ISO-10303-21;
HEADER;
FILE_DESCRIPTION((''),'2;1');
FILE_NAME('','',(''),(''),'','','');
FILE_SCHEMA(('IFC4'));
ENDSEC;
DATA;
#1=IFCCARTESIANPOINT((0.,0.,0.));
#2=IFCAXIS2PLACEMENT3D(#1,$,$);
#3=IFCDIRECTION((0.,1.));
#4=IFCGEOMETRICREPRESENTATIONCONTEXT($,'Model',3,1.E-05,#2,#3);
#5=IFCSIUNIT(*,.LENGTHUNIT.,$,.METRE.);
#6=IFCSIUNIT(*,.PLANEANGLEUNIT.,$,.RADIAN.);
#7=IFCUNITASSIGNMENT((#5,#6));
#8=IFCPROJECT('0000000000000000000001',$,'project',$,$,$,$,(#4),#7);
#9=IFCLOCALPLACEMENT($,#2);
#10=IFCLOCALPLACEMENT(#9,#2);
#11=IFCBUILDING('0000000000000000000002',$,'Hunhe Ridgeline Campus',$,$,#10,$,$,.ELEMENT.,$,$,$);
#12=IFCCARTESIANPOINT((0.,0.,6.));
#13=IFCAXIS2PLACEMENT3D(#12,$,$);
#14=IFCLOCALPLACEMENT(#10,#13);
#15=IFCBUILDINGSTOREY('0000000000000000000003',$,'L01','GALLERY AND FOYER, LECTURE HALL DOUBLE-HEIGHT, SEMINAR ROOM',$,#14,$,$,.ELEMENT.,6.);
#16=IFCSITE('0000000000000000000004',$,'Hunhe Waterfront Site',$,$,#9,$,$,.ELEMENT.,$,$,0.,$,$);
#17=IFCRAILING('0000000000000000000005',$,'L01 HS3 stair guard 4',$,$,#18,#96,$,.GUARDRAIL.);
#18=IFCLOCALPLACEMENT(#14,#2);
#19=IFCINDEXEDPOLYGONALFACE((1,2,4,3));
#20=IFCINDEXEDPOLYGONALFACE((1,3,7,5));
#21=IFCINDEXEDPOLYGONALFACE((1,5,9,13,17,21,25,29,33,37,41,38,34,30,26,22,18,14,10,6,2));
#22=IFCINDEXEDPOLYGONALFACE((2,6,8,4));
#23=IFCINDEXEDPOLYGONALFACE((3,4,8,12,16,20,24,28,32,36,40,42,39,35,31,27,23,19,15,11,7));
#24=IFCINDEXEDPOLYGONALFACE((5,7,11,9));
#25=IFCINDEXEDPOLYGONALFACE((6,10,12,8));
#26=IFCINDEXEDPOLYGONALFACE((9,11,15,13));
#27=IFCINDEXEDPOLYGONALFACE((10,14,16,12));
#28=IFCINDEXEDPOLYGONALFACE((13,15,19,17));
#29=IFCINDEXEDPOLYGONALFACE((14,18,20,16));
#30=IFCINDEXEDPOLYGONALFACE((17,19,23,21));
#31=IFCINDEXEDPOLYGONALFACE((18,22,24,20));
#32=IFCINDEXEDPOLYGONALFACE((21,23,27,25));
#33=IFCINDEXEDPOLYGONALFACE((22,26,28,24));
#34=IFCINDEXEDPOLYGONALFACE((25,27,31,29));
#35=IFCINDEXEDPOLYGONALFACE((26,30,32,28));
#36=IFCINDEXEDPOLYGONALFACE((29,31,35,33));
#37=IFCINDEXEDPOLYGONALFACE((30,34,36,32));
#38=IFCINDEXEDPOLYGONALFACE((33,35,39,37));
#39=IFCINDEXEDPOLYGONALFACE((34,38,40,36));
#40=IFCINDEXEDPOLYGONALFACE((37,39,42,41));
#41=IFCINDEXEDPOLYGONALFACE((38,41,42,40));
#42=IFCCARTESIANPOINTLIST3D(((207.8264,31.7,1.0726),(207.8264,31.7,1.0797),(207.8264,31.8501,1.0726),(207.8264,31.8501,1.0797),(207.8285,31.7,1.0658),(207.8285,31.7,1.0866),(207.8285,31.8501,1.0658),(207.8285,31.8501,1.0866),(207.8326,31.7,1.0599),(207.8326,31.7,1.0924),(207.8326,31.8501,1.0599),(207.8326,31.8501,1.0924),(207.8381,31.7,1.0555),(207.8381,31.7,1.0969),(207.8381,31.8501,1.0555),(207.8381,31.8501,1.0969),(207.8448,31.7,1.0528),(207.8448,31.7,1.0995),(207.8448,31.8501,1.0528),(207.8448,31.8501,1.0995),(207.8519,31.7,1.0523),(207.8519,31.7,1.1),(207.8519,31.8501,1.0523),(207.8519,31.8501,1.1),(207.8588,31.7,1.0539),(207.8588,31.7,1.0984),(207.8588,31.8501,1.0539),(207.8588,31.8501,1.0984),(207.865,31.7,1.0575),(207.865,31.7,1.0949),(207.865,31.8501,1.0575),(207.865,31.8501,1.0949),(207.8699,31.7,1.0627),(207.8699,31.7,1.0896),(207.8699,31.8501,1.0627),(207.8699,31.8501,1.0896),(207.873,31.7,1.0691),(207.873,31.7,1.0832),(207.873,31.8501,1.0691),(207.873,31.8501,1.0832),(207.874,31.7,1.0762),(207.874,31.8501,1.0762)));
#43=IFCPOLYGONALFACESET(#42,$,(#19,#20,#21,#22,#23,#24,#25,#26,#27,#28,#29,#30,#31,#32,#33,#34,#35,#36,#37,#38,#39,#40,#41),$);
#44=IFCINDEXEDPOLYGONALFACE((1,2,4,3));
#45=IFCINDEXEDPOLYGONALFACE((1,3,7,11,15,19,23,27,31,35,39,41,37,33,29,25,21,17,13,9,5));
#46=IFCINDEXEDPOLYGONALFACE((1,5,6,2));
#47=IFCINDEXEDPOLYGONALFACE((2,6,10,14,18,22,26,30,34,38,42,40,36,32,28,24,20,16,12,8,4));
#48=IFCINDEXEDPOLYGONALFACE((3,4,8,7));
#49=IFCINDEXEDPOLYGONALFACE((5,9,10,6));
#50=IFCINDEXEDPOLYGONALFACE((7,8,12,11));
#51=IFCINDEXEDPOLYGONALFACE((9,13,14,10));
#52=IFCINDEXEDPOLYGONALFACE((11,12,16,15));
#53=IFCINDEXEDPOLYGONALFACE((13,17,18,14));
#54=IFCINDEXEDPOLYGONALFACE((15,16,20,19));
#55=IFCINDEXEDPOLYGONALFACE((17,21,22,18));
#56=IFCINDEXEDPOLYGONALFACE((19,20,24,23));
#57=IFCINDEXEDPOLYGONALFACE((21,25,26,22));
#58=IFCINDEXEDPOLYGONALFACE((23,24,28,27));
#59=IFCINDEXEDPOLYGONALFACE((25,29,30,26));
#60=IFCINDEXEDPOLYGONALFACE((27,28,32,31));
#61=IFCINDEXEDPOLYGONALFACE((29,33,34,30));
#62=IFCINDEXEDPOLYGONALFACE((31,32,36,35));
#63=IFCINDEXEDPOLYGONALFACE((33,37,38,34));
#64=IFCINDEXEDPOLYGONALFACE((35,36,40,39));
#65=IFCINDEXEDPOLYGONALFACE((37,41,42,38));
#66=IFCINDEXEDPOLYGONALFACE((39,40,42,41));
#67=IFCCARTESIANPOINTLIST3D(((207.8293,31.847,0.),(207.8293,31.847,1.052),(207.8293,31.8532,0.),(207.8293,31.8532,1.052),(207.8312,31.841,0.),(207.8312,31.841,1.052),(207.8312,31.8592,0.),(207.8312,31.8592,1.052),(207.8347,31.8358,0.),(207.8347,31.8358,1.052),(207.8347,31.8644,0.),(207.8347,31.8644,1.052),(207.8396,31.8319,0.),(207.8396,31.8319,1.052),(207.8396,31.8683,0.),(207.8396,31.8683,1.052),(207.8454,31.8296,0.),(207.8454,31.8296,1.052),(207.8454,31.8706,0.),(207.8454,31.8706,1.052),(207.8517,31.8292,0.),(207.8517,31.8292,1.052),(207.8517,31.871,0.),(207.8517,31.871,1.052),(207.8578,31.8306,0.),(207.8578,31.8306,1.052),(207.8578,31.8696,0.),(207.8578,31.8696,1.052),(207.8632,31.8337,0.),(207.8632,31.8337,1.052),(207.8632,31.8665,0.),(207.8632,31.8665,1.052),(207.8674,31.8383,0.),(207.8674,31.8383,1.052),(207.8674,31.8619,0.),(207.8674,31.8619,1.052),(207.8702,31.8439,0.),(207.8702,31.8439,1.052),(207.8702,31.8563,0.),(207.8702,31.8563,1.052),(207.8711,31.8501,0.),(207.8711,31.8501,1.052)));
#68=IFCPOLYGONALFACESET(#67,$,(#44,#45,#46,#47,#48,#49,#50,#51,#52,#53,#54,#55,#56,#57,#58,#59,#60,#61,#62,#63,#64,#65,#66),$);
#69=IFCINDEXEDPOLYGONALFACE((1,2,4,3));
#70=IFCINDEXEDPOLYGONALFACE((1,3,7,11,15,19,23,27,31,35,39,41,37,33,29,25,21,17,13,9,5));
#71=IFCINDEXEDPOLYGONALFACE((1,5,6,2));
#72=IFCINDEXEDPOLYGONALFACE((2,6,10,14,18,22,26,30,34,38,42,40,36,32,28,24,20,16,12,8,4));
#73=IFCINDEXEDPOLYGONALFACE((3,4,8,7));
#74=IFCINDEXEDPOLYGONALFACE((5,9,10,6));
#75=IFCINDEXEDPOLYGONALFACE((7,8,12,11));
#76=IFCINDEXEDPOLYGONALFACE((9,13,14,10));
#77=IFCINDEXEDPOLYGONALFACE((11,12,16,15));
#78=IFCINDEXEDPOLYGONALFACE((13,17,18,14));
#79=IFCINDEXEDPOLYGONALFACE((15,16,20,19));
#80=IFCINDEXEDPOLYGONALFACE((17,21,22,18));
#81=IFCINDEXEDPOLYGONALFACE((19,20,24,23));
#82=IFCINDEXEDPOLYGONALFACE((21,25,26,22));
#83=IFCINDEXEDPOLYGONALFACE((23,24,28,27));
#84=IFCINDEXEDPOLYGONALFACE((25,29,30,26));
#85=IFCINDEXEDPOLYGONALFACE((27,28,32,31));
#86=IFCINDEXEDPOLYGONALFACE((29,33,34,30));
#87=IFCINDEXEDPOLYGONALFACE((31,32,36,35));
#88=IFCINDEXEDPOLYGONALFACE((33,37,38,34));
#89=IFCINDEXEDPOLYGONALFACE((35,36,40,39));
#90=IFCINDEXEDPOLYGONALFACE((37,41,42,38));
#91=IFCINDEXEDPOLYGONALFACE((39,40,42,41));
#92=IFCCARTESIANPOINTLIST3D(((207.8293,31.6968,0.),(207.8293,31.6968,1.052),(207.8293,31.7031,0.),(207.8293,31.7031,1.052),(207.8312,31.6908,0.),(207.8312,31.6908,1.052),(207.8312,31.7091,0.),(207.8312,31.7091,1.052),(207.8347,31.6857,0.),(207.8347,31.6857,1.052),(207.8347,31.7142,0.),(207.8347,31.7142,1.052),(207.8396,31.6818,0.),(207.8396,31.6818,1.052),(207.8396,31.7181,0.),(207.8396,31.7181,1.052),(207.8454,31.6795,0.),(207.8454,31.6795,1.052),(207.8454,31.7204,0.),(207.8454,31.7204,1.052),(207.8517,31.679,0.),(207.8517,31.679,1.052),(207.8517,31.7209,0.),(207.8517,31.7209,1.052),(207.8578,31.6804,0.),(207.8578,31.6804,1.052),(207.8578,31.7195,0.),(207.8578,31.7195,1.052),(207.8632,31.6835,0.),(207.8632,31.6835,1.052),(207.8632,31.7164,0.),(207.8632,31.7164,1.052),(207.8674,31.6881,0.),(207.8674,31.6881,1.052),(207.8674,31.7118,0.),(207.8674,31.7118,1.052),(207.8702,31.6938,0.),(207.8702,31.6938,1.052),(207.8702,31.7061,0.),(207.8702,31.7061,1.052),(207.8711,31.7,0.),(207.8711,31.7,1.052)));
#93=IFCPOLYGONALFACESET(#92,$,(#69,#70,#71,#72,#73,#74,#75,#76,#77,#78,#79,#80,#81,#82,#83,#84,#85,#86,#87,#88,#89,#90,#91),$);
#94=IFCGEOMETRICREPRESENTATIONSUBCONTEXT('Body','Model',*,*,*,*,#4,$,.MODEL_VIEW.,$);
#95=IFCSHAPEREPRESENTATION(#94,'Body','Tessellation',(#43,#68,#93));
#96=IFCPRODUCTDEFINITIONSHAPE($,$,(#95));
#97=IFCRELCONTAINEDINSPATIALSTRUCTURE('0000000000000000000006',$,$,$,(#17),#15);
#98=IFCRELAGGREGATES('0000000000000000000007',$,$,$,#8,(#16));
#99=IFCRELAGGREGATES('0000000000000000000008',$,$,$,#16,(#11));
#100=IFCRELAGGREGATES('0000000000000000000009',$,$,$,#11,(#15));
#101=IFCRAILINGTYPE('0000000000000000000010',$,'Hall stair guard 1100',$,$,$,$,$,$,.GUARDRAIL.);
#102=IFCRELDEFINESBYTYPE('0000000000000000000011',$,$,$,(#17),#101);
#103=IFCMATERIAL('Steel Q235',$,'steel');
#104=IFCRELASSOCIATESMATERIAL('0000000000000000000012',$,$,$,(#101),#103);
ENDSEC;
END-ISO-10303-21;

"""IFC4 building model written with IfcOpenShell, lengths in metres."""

from ifc_helpers import new_model, si_unit, direction, frame, origin, origin_2d, place, context, subcontext, project, spatial, circle, extrude, material, type_object, element, save


model = new_model("IFC4")

# Units and contexts
model_context = context("Model", 3, precision=1e-05, world=origin(), true_north=direction((0.0, 1.0)))
body_context = subcontext(model_context, "Body", "Model", "MODEL_VIEW")
ifc_project = project(units=[si_unit("LENGTHUNIT", "METRE"), si_unit("PLANEANGLEUNIT", "RADIAN")], contexts=[model_context])

# Site, building, storey
site_placement = place(None, origin())
site = spatial("IfcSite", under=ifc_project, at=site_placement, Name="Hunhe Waterfront Site", CompositionType="ELEMENT", RefElevation=0.0)
building_placement = place(site_placement, origin())
building = spatial("IfcBuilding", under=site, at=building_placement, Name="Hunhe Ridgeline Campus", CompositionType="ELEMENT")
storey_placement = place(building_placement, frame((0.0, 0.0, 6.0)))
storey = spatial("IfcBuildingStorey", under=building, at=storey_placement, Name="L01", Description="GALLERY AND FOYER, LECTURE HALL DOUBLE-HEIGHT, SEMINAR ROOM", CompositionType="ELEMENT", Elevation=6.0)

# Shared definitions
ifc_material_1 = material(Name="Steel Q235", Category="steel")

# Railing
railing_type_1 = type_object("IfcRailingType", Name="Hall stair guard 1100", PredefinedType="GUARDRAIL", material=ifc_material_1)
railing_1_placement = place(storey_placement, frame((207.8501, 31.8501, 0.0)))
element("IfcRailing", 1, at=railing_1_placement, inside=storey, type_object=railing_type_1, Name="L01 HS3 stair guard 4", PredefinedType="GUARDRAIL", context=body_context, shape_type="SweptSolid", body=[
    extrude(circle(Radius=0.0239, at=origin_2d()), frame((0.0, 0.0, 1.0762), z_axis=(0.0, -1.0, 0.0), x_axis=(1.0, 0.0, 0.0)), (0.0, 0.0, 1.0), 0.1501),
    extrude(circle(Radius=0.021, at=origin_2d()), origin(), (0.0, 0.0, 1.0), 1.052),
    extrude(circle(Radius=0.021, at=origin_2d()), frame((0.0, -0.1501, 0.0)), (0.0, 0.0, 1.0), 1.052),
])

save(model, "model.ifc")
